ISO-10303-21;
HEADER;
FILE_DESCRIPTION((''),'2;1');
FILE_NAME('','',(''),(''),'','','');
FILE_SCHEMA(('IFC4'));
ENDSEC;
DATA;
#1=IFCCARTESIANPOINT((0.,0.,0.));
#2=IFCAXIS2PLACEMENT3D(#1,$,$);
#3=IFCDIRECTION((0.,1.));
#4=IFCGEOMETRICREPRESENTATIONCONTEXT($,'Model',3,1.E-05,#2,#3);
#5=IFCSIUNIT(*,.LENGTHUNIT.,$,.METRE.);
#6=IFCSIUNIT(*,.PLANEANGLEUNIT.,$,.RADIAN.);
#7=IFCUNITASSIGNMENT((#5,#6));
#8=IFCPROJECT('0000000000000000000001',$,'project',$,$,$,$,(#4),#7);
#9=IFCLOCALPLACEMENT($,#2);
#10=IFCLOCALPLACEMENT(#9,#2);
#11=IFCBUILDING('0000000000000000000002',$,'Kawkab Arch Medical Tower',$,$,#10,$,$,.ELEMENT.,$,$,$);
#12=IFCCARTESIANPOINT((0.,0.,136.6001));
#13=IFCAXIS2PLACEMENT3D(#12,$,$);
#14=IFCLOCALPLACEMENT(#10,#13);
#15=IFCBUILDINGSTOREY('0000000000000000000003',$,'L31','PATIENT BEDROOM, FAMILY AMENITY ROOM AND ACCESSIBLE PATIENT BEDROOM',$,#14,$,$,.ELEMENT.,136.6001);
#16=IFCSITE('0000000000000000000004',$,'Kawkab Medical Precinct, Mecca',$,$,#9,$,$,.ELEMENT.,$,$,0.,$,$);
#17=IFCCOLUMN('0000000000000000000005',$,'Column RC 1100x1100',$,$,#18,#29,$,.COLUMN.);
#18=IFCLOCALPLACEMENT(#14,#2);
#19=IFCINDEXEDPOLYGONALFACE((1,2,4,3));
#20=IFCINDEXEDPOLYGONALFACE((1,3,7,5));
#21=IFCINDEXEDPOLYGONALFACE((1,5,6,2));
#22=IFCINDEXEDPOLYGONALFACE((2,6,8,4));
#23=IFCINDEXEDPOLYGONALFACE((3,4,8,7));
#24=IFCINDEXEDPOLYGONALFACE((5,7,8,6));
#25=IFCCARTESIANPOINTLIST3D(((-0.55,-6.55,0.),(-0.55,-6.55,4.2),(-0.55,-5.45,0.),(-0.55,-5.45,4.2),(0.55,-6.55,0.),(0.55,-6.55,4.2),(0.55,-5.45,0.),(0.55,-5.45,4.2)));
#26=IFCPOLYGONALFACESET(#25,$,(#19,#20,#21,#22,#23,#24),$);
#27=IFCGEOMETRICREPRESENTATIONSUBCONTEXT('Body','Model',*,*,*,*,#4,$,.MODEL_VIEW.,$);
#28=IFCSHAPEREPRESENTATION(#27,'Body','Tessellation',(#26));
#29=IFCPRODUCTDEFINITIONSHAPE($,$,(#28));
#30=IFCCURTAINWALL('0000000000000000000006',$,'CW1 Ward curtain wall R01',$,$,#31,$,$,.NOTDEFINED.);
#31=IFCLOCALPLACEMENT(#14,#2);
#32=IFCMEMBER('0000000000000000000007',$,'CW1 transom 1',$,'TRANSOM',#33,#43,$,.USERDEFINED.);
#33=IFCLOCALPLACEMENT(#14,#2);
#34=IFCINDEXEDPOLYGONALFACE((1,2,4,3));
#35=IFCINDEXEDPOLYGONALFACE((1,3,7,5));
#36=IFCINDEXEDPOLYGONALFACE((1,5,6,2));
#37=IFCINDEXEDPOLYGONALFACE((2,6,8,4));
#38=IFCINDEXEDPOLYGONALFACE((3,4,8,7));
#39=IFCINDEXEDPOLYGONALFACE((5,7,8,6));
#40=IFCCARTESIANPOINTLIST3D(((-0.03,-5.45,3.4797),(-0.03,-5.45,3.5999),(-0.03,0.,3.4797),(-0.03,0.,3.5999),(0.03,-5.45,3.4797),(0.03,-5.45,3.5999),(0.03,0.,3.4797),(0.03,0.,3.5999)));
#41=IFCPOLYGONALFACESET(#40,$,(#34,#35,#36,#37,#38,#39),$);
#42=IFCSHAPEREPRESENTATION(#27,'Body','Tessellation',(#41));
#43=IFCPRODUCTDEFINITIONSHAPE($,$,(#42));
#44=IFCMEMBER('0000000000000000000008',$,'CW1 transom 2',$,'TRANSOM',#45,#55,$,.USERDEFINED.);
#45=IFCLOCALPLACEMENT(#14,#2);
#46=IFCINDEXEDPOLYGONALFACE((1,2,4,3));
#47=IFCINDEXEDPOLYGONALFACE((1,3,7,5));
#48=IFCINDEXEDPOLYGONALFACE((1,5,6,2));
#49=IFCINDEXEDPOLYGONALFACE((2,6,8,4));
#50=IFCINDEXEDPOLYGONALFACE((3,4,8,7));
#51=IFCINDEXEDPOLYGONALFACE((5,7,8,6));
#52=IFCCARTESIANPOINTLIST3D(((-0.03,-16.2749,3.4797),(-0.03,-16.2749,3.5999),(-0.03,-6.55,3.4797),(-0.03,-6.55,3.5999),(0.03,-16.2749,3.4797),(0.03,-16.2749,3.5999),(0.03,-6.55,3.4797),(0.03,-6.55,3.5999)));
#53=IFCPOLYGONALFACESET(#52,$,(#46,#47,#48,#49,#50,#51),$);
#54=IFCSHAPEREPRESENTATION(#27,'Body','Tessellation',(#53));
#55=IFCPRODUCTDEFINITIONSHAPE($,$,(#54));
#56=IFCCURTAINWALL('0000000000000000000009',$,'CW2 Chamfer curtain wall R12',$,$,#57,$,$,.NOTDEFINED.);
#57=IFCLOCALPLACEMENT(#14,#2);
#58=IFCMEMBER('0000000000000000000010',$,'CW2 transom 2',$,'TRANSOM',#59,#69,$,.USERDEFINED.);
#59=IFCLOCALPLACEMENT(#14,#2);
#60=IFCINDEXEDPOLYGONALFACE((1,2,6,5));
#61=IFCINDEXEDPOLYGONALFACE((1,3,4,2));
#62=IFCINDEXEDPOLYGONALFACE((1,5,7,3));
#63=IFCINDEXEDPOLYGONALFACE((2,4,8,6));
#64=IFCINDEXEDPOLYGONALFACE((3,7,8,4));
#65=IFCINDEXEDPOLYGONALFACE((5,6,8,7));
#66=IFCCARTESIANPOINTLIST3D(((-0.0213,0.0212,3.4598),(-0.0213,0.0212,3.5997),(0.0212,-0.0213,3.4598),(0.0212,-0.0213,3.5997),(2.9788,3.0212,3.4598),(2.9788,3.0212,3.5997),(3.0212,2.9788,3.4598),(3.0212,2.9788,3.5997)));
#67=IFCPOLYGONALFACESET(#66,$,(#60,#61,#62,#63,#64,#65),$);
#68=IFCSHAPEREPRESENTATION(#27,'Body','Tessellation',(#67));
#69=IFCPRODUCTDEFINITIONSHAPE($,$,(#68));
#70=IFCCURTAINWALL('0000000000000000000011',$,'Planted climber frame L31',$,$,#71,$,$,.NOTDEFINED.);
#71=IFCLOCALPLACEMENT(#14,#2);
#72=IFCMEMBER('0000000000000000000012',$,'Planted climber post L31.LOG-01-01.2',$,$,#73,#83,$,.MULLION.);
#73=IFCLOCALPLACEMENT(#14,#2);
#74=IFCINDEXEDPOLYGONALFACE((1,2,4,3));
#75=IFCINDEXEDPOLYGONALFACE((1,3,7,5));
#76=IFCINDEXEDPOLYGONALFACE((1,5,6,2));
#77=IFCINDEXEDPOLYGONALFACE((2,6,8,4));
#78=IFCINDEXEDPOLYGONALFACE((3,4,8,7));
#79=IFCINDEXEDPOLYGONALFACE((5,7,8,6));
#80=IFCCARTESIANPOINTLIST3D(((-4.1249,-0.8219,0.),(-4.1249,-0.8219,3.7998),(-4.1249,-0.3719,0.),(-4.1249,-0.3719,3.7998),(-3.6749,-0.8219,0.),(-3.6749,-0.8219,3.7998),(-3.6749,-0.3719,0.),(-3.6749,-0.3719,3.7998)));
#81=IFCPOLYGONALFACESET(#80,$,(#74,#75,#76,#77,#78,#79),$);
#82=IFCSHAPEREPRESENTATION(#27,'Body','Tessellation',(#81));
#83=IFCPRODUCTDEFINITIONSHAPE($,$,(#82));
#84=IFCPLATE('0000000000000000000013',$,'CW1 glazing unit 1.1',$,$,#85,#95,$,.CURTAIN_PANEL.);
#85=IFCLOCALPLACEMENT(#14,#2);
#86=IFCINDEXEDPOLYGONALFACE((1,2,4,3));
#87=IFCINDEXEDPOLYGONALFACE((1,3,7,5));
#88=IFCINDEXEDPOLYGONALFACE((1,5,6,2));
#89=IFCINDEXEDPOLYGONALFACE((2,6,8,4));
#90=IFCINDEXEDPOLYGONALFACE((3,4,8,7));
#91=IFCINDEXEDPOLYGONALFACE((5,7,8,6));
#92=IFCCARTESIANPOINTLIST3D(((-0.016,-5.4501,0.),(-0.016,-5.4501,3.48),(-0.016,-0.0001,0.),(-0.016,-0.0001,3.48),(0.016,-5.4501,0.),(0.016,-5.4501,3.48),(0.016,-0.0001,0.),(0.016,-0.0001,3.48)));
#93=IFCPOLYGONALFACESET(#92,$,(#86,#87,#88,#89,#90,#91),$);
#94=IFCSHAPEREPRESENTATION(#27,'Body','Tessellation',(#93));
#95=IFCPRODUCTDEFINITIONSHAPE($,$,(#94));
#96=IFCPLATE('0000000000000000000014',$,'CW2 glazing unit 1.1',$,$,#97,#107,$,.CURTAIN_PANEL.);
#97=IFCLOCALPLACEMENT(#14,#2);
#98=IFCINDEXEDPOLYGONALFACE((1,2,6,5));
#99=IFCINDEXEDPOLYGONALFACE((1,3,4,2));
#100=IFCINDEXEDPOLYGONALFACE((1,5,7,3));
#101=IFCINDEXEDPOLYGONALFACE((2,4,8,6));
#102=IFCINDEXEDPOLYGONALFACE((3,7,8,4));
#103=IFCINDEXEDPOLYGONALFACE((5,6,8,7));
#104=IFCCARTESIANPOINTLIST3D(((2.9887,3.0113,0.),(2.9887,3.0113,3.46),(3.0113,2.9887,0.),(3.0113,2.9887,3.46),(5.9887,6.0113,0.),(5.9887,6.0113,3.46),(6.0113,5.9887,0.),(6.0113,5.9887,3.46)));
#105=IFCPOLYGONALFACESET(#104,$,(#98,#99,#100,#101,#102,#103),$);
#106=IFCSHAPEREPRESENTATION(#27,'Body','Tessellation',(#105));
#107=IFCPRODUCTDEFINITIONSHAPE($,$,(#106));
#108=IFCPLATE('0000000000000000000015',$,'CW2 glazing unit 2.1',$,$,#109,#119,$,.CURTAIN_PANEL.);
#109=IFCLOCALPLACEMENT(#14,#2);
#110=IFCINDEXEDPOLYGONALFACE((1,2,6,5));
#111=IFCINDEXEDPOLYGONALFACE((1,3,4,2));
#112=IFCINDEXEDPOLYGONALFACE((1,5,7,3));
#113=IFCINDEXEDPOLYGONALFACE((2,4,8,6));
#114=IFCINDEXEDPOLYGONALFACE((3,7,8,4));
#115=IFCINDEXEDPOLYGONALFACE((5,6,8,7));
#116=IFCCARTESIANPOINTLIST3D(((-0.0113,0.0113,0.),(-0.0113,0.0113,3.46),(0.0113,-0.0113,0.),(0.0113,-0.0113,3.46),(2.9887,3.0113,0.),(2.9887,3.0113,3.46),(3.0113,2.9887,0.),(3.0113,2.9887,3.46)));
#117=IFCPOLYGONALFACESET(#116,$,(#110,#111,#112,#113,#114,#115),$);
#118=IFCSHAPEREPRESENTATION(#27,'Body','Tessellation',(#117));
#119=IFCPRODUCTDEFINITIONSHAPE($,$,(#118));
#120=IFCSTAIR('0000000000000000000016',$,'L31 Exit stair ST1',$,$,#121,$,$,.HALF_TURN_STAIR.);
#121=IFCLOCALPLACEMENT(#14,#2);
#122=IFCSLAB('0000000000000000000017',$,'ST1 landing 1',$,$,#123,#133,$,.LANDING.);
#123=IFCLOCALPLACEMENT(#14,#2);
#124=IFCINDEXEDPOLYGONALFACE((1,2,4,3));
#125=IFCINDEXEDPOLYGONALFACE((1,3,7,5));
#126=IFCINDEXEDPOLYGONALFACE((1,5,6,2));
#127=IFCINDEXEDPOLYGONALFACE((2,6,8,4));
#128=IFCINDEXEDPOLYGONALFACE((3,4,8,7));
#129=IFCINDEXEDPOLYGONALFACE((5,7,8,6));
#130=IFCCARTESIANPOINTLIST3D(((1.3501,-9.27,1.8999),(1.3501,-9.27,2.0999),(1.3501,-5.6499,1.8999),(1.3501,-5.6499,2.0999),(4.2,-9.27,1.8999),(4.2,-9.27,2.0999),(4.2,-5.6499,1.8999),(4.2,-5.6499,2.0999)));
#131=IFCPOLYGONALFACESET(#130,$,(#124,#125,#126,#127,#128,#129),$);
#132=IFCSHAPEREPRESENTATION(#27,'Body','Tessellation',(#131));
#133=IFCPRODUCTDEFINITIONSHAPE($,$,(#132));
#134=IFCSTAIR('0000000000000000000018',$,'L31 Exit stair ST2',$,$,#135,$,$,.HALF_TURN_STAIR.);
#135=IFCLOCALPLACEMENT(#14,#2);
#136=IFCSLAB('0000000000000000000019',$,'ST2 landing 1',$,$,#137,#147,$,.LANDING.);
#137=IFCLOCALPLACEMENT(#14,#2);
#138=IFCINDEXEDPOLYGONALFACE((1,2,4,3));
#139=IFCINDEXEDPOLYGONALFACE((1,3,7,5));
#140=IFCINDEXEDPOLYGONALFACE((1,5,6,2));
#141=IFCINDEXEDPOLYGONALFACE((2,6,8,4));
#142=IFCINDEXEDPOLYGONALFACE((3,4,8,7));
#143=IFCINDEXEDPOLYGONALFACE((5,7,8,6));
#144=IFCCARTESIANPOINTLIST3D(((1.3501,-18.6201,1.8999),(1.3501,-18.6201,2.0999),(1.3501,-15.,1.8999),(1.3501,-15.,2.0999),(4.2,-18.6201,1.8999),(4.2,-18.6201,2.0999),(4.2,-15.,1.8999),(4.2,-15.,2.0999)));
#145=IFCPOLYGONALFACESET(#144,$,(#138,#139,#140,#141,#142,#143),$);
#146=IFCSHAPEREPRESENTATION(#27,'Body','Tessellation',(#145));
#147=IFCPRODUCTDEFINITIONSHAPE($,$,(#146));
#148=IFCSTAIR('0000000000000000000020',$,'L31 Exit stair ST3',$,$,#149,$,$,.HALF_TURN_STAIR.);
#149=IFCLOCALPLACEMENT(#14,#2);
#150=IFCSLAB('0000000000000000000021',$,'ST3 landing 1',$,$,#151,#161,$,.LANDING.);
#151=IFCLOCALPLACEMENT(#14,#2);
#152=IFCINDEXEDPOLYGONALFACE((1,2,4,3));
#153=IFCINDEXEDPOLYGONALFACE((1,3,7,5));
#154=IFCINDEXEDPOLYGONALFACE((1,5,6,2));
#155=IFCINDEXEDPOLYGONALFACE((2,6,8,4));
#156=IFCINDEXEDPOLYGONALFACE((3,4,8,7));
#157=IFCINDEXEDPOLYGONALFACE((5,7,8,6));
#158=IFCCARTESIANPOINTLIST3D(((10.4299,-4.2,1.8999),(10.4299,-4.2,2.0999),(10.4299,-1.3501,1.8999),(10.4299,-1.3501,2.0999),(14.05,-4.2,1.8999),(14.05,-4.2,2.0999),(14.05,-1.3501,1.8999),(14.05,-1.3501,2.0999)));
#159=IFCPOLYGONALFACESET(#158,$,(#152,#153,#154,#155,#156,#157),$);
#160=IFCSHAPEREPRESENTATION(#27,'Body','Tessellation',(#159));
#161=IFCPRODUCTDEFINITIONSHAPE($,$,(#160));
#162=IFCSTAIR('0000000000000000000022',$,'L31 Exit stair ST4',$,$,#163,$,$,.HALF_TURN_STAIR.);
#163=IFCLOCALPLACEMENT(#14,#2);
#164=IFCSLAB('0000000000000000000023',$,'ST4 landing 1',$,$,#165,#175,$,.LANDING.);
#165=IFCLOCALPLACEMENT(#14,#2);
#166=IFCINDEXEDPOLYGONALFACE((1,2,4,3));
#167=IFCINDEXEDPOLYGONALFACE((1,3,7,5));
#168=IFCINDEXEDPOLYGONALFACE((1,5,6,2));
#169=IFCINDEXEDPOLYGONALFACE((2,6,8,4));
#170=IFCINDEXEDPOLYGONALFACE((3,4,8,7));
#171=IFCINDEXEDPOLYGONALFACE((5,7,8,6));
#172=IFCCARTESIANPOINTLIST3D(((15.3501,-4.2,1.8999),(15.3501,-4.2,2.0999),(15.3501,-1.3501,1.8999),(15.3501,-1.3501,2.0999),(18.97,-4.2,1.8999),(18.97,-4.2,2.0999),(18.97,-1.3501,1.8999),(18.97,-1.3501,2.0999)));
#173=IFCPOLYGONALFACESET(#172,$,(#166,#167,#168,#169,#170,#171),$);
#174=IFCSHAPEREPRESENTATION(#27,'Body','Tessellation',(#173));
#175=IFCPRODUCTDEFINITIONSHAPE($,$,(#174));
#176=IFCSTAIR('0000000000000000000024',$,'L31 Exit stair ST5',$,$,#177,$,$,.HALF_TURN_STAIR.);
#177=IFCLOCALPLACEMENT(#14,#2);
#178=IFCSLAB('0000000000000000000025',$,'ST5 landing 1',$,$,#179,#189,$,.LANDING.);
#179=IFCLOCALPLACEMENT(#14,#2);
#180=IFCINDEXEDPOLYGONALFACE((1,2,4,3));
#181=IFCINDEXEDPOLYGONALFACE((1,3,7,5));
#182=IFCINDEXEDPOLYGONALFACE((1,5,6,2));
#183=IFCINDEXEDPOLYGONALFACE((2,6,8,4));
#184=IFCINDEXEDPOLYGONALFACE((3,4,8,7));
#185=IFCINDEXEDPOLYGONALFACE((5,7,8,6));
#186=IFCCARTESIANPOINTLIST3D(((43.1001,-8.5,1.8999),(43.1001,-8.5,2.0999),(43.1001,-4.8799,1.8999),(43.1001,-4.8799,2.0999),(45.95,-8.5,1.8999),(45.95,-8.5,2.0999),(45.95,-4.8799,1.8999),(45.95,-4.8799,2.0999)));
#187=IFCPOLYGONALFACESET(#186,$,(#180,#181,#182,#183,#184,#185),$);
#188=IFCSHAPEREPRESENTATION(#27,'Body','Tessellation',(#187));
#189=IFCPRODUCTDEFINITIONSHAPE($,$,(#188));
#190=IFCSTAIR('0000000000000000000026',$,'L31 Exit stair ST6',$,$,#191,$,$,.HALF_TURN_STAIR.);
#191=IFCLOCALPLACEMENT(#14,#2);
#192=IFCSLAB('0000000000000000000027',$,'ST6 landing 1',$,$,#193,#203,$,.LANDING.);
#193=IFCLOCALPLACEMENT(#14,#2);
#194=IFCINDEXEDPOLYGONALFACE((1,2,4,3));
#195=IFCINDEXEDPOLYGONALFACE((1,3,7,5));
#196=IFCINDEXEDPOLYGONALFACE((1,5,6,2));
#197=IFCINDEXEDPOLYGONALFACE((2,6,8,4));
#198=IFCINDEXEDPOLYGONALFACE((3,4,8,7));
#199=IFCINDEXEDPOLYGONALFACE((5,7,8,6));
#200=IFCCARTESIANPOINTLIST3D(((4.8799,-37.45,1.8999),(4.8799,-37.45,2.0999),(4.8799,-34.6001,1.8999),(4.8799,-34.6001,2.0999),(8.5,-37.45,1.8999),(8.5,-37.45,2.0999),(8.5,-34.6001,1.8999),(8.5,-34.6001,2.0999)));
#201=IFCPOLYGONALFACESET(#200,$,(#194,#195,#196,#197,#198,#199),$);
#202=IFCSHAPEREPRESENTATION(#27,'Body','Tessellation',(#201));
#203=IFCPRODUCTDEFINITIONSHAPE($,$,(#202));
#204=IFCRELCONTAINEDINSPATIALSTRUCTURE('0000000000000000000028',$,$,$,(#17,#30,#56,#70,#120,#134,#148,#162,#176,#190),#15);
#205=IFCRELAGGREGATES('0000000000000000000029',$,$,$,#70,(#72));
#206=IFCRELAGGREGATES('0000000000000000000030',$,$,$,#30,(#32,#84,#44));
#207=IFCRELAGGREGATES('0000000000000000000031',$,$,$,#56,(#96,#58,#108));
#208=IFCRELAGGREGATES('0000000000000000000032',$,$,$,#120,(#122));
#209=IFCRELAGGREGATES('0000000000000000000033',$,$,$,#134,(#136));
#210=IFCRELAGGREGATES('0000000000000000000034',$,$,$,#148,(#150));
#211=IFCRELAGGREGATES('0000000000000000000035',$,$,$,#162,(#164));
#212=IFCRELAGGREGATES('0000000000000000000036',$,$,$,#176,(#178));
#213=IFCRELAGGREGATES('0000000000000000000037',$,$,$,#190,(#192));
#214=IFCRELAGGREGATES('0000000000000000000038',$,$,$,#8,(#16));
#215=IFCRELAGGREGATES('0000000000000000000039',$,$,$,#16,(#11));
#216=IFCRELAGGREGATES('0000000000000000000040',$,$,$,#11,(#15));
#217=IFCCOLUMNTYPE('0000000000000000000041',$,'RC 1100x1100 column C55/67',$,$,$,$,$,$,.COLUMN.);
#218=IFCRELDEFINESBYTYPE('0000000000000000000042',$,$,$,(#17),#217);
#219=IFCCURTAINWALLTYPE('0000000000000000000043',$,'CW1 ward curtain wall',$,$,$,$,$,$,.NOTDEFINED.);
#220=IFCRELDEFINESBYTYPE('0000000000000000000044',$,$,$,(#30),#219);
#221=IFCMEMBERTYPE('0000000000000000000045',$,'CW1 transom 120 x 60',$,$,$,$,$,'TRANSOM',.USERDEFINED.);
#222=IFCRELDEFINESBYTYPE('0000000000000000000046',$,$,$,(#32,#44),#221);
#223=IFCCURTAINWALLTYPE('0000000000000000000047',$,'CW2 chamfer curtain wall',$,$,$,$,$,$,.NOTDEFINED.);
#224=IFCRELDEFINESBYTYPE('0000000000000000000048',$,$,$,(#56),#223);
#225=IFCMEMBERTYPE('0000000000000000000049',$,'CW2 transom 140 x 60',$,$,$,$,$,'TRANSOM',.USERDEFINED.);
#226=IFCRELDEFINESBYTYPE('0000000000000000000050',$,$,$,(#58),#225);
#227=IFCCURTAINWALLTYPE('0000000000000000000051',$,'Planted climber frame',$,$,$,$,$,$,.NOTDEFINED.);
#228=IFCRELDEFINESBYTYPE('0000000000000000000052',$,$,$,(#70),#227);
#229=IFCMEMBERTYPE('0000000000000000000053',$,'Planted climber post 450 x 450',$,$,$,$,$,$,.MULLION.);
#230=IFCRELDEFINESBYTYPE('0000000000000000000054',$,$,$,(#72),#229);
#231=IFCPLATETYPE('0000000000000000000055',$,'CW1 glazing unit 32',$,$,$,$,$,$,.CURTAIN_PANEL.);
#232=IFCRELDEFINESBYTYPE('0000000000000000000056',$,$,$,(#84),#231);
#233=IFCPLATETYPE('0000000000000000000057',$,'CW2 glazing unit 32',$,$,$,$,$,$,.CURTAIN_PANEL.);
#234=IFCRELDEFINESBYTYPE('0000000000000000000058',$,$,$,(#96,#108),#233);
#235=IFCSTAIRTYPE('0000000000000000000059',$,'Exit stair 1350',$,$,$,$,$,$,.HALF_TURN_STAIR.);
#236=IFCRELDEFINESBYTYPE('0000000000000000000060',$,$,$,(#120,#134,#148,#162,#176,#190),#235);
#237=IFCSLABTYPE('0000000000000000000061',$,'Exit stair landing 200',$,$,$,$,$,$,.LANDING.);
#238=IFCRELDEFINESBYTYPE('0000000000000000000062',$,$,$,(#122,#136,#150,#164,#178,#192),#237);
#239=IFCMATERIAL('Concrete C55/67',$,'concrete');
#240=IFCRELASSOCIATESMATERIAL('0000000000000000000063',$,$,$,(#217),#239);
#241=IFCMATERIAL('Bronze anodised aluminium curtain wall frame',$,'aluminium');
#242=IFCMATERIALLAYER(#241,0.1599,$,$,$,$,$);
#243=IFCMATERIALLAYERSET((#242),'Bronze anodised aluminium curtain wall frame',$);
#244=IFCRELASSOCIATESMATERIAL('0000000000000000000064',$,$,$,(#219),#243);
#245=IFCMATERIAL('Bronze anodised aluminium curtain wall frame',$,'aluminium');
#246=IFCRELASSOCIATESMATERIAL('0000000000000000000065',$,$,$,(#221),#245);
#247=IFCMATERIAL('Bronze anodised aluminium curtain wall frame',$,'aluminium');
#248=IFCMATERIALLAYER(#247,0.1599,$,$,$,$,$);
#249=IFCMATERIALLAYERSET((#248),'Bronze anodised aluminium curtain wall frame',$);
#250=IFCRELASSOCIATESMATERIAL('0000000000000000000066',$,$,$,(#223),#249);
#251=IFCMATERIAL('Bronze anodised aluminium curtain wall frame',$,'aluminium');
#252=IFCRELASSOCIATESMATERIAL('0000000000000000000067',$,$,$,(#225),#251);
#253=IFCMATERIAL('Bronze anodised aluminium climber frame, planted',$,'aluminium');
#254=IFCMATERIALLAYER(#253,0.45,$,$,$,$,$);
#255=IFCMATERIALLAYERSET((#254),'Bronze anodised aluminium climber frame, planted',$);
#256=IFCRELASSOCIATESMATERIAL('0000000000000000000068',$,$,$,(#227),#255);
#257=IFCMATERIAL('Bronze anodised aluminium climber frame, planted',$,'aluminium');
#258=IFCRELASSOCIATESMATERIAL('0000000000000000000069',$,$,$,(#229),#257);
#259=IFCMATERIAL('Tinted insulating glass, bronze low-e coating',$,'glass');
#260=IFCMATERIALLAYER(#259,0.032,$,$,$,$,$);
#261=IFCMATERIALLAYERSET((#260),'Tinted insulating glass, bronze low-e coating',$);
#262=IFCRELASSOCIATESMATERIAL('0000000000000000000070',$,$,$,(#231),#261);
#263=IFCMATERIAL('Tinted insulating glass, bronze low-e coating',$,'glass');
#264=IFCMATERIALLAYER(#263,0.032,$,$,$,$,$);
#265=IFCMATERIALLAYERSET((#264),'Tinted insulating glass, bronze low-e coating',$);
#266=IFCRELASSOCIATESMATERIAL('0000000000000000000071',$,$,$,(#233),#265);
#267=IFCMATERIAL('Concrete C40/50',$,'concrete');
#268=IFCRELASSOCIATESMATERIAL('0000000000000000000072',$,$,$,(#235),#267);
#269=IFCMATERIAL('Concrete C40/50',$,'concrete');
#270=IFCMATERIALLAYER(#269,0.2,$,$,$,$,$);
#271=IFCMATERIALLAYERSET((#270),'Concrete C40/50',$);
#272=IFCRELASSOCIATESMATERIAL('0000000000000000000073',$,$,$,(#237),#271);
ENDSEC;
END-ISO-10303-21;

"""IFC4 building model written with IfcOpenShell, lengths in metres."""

from ifc_helpers import new_model, si_unit, direction, frame, origin, origin_2d, place, context, subcontext, project, spatial, polyline, rectangle, outline, extrude, material, layer, layer_set, material_profile, profile_set, type_object, element, aggregate, save


model = new_model("IFC4")

# Units and contexts
model_context = context("Model", 3, precision=1e-05, world=origin(), true_north=direction((0.0, 1.0)))
body_context = subcontext(model_context, "Body", "Model", "MODEL_VIEW")
ifc_project = project(units=[si_unit("LENGTHUNIT", "METRE"), si_unit("PLANEANGLEUNIT", "RADIAN")], contexts=[model_context])

# Site, building, storey
site_placement = place(None, origin())
site = spatial("IfcSite", under=ifc_project, at=site_placement, Name="Kawkab Medical Precinct, Mecca", CompositionType="ELEMENT", RefElevation=0.0)
building_placement = place(site_placement, origin())
building = spatial("IfcBuilding", under=site, at=building_placement, Name="Kawkab Arch Medical Tower", CompositionType="ELEMENT")
storey_placement = place(building_placement, frame((0.0, 0.0, 136.6001)))
storey = spatial("IfcBuildingStorey", under=building, at=storey_placement, Name="L31", Description="PATIENT BEDROOM, FAMILY AMENITY ROOM AND ACCESSIBLE PATIENT BEDROOM", CompositionType="ELEMENT", Elevation=136.6001)

# Column
ifc_material_1 = material(Name="Concrete C55/67", Category="concrete")
ifc_material_profile_1 = material_profile(ifc_material_1, rectangle(XDim=1.1001, YDim=1.1001, at=origin_2d()), Name="RC 1100x1100")
ifc_profile_set_1 = profile_set([ifc_material_profile_1], Name="Concrete C55/67")
column_type = type_object("IfcColumnType", Name="RC 1100x1100 column C55/67", PredefinedType="COLUMN", material=ifc_profile_set_1)
column_placement = place(storey_placement, frame((0.0, -6.0, 0.0), z_axis=(0.0, 0.0, 1.0), x_axis=(1.0, 0.0, 0.0)))
element("IfcColumn", 1, at=column_placement, inside=storey, type_object=column_type, Name="Column RC 1100x1100", PredefinedType="COLUMN", context=body_context, shape_type="SweptSolid", body=[
    extrude(rectangle(XDim=1.1001, YDim=1.1001, at=origin_2d()), origin(), (0.0, 0.0, 1.0), 4.2),
])

# Curtain wall, members
ifc_material_2 = material(Name="Bronze anodised aluminium curtain wall frame", Category="aluminium")
ifc_layer_1 = layer(ifc_material_2, 0.1599)
ifc_layer_set_1 = layer_set([ifc_layer_1], Name="Bronze anodised aluminium curtain wall frame")
curtain_wall_type_1 = type_object("IfcCurtainWallType", Name="CW1 ward curtain wall", PredefinedType="NOTDEFINED", material=ifc_layer_set_1)
placement_1 = place(storey_placement, origin())
curtain_wall_1 = element("IfcCurtainWall", 2, at=placement_1, inside=storey, type_object=curtain_wall_type_1, Name="CW1 Ward curtain wall R01", PredefinedType="NOTDEFINED")
ifc_material_3 = material(Name="Bronze anodised aluminium curtain wall frame", Category="aluminium")
ifc_material_profile_2 = material_profile(ifc_material_3, rectangle(XDim=0.0601, YDim=0.1201, at=origin_2d()), Name="AL 60x120")
ifc_profile_set_2 = profile_set([ifc_material_profile_2], Name="Bronze anodised aluminium curtain wall frame")
member_type_1 = type_object("IfcMemberType", Name="CW1 transom 120 x 60", ElementType="TRANSOM", PredefinedType="USERDEFINED", material=ifc_profile_set_2)
member_1_placement = place(storey_placement, frame((0.0, 0.0, 3.5398), z_axis=(0.0, -1.0, 0.0), x_axis=(1.0, 0.0, 0.0)))
member_1 = element("IfcMember", 3, at=member_1_placement, type_object=member_type_1, Name="CW1 transom 1", ObjectType="TRANSOM", PredefinedType="USERDEFINED", context=body_context, shape_type="SweptSolid", body=[
    extrude(rectangle(XDim=0.0601, YDim=0.1201, at=origin_2d()), origin(), (0.0, 0.0, 1.0), 5.45),
])
member_2_placement = place(storey_placement, frame((0.0, -6.55, 3.5398), z_axis=(0.0, -1.0, 0.0), x_axis=(1.0, 0.0, 0.0)))
member_2 = element("IfcMember", 4, at=member_2_placement, type_object=member_type_1, Name="CW1 transom 2", ObjectType="TRANSOM", PredefinedType="USERDEFINED", context=body_context, shape_type="SweptSolid", body=[
    extrude(rectangle(XDim=0.0601, YDim=0.1201, at=origin_2d()), origin(), (0.0, 0.0, 1.0), 9.7249),
])

# Curtain walls, members
ifc_material_4 = material(Name="Bronze anodised aluminium curtain wall frame", Category="aluminium")
ifc_layer_2 = layer(ifc_material_4, 0.1599)
ifc_layer_set_2 = layer_set([ifc_layer_2], Name="Bronze anodised aluminium curtain wall frame")
curtain_wall_type_2 = type_object("IfcCurtainWallType", Name="CW2 chamfer curtain wall", PredefinedType="NOTDEFINED", material=ifc_layer_set_2)
curtain_wall_2 = element("IfcCurtainWall", 5, at=placement_1, inside=storey, type_object=curtain_wall_type_2, Name="CW2 Chamfer curtain wall R12", PredefinedType="NOTDEFINED")
ifc_material_5 = material(Name="Bronze anodised aluminium curtain wall frame", Category="aluminium")
ifc_material_profile_3 = material_profile(ifc_material_5, rectangle(XDim=0.0601, YDim=0.1399, at=origin_2d()), Name="AL 60x140")
ifc_profile_set_3 = profile_set([ifc_material_profile_3], Name="Bronze anodised aluminium curtain wall frame")
member_type_2 = type_object("IfcMemberType", Name="CW2 transom 140 x 60", ElementType="TRANSOM", PredefinedType="USERDEFINED", material=ifc_profile_set_3)
member_3_placement = place(storey_placement, frame((3.0, 3.0, 3.5298), z_axis=(-0.707107, -0.707107, 0.0), x_axis=(0.707107, -0.707107, 0.0)))
member_3 = element("IfcMember", 6, at=member_3_placement, type_object=member_type_2, Name="CW2 transom 2", ObjectType="TRANSOM", PredefinedType="USERDEFINED", context=body_context, shape_type="SweptSolid", body=[
    extrude(rectangle(XDim=0.0601, YDim=0.1399, at=origin_2d()), origin(), (0.0, 0.0, 1.0), 4.2427),
])
ifc_material_6 = material(Name="Bronze anodised aluminium climber frame, planted", Category="aluminium")
ifc_layer_3 = layer(ifc_material_6, 0.45)
ifc_layer_set_3 = layer_set([ifc_layer_3], Name="Bronze anodised aluminium climber frame, planted")
curtain_wall_type_3 = type_object("IfcCurtainWallType", Name="Planted climber frame", PredefinedType="NOTDEFINED", material=ifc_layer_set_3)
curtain_wall_3 = element("IfcCurtainWall", 7, at=placement_1, inside=storey, type_object=curtain_wall_type_3, Name="Planted climber frame L31", PredefinedType="NOTDEFINED")
ifc_material_7 = material(Name="Bronze anodised aluminium climber frame, planted", Category="aluminium")
ifc_material_profile_4 = material_profile(ifc_material_7, rectangle(XDim=0.45, YDim=0.45, at=origin_2d()), Name="Post 450x450")
ifc_profile_set_4 = profile_set([ifc_material_profile_4], Name="Bronze anodised aluminium climber frame, planted")
member_type_3 = type_object("IfcMemberType", Name="Planted climber post 450 x 450", PredefinedType="MULLION", material=ifc_profile_set_4)
member_4_placement = place(storey_placement, frame((-3.8999, -0.5969, 0.0), z_axis=(0.0, 0.0, 1.0), x_axis=(1.0, 0.0, 0.0)))
member_4 = element("IfcMember", 8, at=member_4_placement, type_object=member_type_3, Name="Planted climber post L31.LOG-01-01.2", PredefinedType="MULLION", context=body_context, shape_type="SweptSolid", body=[
    extrude(rectangle(XDim=0.45, YDim=0.45, at=origin_2d()), origin(), (0.0, 0.0, 1.0), 3.7998),
])
aggregate(curtain_wall_3, [member_4])

# Plates
ifc_material_8 = material(Name="Tinted insulating glass, bronze low-e coating", Category="glass")
ifc_layer_4 = layer(ifc_material_8, 0.032)
ifc_layer_set_4 = layer_set([ifc_layer_4], Name="Tinted insulating glass, bronze low-e coating")
plate_type_1 = type_object("IfcPlateType", Name="CW1 glazing unit 32", PredefinedType="CURTAIN_PANEL", material=ifc_layer_set_4)
plate_1_placement = place(storey_placement, frame((0.0, -2.7251, 0.0), z_axis=(0.0, 0.0, 1.0), x_axis=(0.0, -1.0, 0.0)))
plate_1 = element("IfcPlate", 9, at=plate_1_placement, type_object=plate_type_1, Name="CW1 glazing unit 1.1", PredefinedType="CURTAIN_PANEL", context=body_context, shape_type="SweptSolid", body=[
    extrude(rectangle(XDim=5.45, YDim=0.032, at=origin_2d()), origin(), (0.0, 0.0, 1.0), 3.48),
])
aggregate(curtain_wall_1, [member_1, plate_1, member_2])
ifc_material_9 = material(Name="Tinted insulating glass, bronze low-e coating", Category="glass")
ifc_layer_5 = layer(ifc_material_9, 0.032)
ifc_layer_set_5 = layer_set([ifc_layer_5], Name="Tinted insulating glass, bronze low-e coating")
plate_type_2 = type_object("IfcPlateType", Name="CW2 glazing unit 32", PredefinedType="CURTAIN_PANEL", material=ifc_layer_set_5)
plate_2_placement = place(storey_placement, frame((4.5, 4.5, 0.0), z_axis=(0.0, 0.0, 1.0), x_axis=(-0.707107, -0.707107, 0.0)))
plate_2 = element("IfcPlate", 10, at=plate_2_placement, type_object=plate_type_2, Name="CW2 glazing unit 1.1", PredefinedType="CURTAIN_PANEL", context=body_context, shape_type="SweptSolid", body=[
    extrude(rectangle(XDim=4.2427, YDim=0.032, at=origin_2d()), origin(), (0.0, 0.0, 1.0), 3.46),
])
plate_3_placement = place(storey_placement, frame((1.5, 1.5, 0.0), z_axis=(0.0, 0.0, 1.0), x_axis=(-0.707107, -0.707107, 0.0)))
plate_3 = element("IfcPlate", 11, at=plate_3_placement, type_object=plate_type_2, Name="CW2 glazing unit 2.1", PredefinedType="CURTAIN_PANEL", context=body_context, shape_type="SweptSolid", body=[
    extrude(rectangle(XDim=4.2427, YDim=0.032, at=origin_2d()), origin(), (0.0, 0.0, 1.0), 3.46),
])
aggregate(curtain_wall_2, [plate_2, member_3, plate_3])

# Stairs, slabs
ifc_material_10 = material(Name="Concrete C40/50", Category="concrete")
stair_type = type_object("IfcStairType", Name="Exit stair 1350", PredefinedType="HALF_TURN_STAIR", material=ifc_material_10)
stair_1 = element("IfcStair", 12, at=placement_1, inside=storey, type_object=stair_type, Name="L31 Exit stair ST1", PredefinedType="HALF_TURN_STAIR")
ifc_material_11 = material(Name="Concrete C40/50", Category="concrete")
ifc_layer_6 = layer(ifc_material_11, 0.2)
ifc_layer_set_6 = layer_set([ifc_layer_6], Name="Concrete C40/50")
slab_type_1 = type_object("IfcSlabType", Name="Exit stair landing 200", PredefinedType="LANDING", material=ifc_layer_set_6)
placement_2 = place(storey_placement, frame((0.0, 0.0, 1.8999)))
slab_1 = element("IfcSlab", 13, at=placement_2, type_object=slab_type_1, Name="ST1 landing 1", PredefinedType="LANDING", context=body_context, shape_type="SweptSolid", body=[
    extrude(outline(polyline([(4.2, -9.27), (4.2, -5.6499), (1.3501, -5.6499), (1.3501, -9.27), (4.2, -9.27)])), origin(), (0.0, 0.0, 1.0), 0.2),
])
aggregate(stair_1, [slab_1])
stair_2 = element("IfcStair", 14, at=placement_1, inside=storey, type_object=stair_type, Name="L31 Exit stair ST2", PredefinedType="HALF_TURN_STAIR")
slab_2 = element("IfcSlab", 15, at=placement_2, type_object=slab_type_1, Name="ST2 landing 1", PredefinedType="LANDING", context=body_context, shape_type="SweptSolid", body=[
    extrude(outline(polyline([(4.2, -18.6201), (4.2, -15.0), (1.3501, -15.0), (1.3501, -18.6201), (4.2, -18.6201)])), origin(), (0.0, 0.0, 1.0), 0.2),
])
aggregate(stair_2, [slab_2])
stair_3 = element("IfcStair", 16, at=placement_1, inside=storey, type_object=stair_type, Name="L31 Exit stair ST3", PredefinedType="HALF_TURN_STAIR")
slab_3 = element("IfcSlab", 17, at=placement_2, type_object=slab_type_1, Name="ST3 landing 1", PredefinedType="LANDING", context=body_context, shape_type="SweptSolid", body=[
    extrude(outline(polyline([(10.4299, -4.2), (14.05, -4.2), (14.05, -1.3501), (10.4299, -1.3501), (10.4299, -4.2)])), origin(), (0.0, 0.0, 1.0), 0.2),
])
aggregate(stair_3, [slab_3])
stair_4 = element("IfcStair", 18, at=placement_1, inside=storey, type_object=stair_type, Name="L31 Exit stair ST4", PredefinedType="HALF_TURN_STAIR")
slab_4 = element("IfcSlab", 19, at=placement_2, type_object=slab_type_1, Name="ST4 landing 1", PredefinedType="LANDING", context=body_context, shape_type="SweptSolid", body=[
    extrude(outline(polyline([(18.97, -1.3501), (15.3501, -1.3501), (15.3501, -4.2), (18.97, -4.2), (18.97, -1.3501)])), origin(), (0.0, 0.0, 1.0), 0.2),
])
aggregate(stair_4, [slab_4])
stair_5 = element("IfcStair", 20, at=placement_1, inside=storey, type_object=stair_type, Name="L31 Exit stair ST5", PredefinedType="HALF_TURN_STAIR")
slab_5 = element("IfcSlab", 21, at=placement_2, type_object=slab_type_1, Name="ST5 landing 1", PredefinedType="LANDING", context=body_context, shape_type="SweptSolid", body=[
    extrude(outline(polyline([(43.1001, -4.8799), (43.1001, -8.5), (45.95, -8.5), (45.95, -4.8799), (43.1001, -4.8799)])), origin(), (0.0, 0.0, 1.0), 0.2),
])
aggregate(stair_5, [slab_5])
stair_6 = element("IfcStair", 22, at=placement_1, inside=storey, type_object=stair_type, Name="L31 Exit stair ST6", PredefinedType="HALF_TURN_STAIR")
slab_6 = element("IfcSlab", 23, at=placement_2, type_object=slab_type_1, Name="ST6 landing 1", PredefinedType="LANDING", context=body_context, shape_type="SweptSolid", body=[
    extrude(outline(polyline([(4.8799, -37.45), (8.5, -37.45), (8.5, -34.6001), (4.8799, -34.6001), (4.8799, -37.45)])), origin(), (0.0, 0.0, 1.0), 0.2),
])
aggregate(stair_6, [slab_6])

save(model, "model.ifc")
